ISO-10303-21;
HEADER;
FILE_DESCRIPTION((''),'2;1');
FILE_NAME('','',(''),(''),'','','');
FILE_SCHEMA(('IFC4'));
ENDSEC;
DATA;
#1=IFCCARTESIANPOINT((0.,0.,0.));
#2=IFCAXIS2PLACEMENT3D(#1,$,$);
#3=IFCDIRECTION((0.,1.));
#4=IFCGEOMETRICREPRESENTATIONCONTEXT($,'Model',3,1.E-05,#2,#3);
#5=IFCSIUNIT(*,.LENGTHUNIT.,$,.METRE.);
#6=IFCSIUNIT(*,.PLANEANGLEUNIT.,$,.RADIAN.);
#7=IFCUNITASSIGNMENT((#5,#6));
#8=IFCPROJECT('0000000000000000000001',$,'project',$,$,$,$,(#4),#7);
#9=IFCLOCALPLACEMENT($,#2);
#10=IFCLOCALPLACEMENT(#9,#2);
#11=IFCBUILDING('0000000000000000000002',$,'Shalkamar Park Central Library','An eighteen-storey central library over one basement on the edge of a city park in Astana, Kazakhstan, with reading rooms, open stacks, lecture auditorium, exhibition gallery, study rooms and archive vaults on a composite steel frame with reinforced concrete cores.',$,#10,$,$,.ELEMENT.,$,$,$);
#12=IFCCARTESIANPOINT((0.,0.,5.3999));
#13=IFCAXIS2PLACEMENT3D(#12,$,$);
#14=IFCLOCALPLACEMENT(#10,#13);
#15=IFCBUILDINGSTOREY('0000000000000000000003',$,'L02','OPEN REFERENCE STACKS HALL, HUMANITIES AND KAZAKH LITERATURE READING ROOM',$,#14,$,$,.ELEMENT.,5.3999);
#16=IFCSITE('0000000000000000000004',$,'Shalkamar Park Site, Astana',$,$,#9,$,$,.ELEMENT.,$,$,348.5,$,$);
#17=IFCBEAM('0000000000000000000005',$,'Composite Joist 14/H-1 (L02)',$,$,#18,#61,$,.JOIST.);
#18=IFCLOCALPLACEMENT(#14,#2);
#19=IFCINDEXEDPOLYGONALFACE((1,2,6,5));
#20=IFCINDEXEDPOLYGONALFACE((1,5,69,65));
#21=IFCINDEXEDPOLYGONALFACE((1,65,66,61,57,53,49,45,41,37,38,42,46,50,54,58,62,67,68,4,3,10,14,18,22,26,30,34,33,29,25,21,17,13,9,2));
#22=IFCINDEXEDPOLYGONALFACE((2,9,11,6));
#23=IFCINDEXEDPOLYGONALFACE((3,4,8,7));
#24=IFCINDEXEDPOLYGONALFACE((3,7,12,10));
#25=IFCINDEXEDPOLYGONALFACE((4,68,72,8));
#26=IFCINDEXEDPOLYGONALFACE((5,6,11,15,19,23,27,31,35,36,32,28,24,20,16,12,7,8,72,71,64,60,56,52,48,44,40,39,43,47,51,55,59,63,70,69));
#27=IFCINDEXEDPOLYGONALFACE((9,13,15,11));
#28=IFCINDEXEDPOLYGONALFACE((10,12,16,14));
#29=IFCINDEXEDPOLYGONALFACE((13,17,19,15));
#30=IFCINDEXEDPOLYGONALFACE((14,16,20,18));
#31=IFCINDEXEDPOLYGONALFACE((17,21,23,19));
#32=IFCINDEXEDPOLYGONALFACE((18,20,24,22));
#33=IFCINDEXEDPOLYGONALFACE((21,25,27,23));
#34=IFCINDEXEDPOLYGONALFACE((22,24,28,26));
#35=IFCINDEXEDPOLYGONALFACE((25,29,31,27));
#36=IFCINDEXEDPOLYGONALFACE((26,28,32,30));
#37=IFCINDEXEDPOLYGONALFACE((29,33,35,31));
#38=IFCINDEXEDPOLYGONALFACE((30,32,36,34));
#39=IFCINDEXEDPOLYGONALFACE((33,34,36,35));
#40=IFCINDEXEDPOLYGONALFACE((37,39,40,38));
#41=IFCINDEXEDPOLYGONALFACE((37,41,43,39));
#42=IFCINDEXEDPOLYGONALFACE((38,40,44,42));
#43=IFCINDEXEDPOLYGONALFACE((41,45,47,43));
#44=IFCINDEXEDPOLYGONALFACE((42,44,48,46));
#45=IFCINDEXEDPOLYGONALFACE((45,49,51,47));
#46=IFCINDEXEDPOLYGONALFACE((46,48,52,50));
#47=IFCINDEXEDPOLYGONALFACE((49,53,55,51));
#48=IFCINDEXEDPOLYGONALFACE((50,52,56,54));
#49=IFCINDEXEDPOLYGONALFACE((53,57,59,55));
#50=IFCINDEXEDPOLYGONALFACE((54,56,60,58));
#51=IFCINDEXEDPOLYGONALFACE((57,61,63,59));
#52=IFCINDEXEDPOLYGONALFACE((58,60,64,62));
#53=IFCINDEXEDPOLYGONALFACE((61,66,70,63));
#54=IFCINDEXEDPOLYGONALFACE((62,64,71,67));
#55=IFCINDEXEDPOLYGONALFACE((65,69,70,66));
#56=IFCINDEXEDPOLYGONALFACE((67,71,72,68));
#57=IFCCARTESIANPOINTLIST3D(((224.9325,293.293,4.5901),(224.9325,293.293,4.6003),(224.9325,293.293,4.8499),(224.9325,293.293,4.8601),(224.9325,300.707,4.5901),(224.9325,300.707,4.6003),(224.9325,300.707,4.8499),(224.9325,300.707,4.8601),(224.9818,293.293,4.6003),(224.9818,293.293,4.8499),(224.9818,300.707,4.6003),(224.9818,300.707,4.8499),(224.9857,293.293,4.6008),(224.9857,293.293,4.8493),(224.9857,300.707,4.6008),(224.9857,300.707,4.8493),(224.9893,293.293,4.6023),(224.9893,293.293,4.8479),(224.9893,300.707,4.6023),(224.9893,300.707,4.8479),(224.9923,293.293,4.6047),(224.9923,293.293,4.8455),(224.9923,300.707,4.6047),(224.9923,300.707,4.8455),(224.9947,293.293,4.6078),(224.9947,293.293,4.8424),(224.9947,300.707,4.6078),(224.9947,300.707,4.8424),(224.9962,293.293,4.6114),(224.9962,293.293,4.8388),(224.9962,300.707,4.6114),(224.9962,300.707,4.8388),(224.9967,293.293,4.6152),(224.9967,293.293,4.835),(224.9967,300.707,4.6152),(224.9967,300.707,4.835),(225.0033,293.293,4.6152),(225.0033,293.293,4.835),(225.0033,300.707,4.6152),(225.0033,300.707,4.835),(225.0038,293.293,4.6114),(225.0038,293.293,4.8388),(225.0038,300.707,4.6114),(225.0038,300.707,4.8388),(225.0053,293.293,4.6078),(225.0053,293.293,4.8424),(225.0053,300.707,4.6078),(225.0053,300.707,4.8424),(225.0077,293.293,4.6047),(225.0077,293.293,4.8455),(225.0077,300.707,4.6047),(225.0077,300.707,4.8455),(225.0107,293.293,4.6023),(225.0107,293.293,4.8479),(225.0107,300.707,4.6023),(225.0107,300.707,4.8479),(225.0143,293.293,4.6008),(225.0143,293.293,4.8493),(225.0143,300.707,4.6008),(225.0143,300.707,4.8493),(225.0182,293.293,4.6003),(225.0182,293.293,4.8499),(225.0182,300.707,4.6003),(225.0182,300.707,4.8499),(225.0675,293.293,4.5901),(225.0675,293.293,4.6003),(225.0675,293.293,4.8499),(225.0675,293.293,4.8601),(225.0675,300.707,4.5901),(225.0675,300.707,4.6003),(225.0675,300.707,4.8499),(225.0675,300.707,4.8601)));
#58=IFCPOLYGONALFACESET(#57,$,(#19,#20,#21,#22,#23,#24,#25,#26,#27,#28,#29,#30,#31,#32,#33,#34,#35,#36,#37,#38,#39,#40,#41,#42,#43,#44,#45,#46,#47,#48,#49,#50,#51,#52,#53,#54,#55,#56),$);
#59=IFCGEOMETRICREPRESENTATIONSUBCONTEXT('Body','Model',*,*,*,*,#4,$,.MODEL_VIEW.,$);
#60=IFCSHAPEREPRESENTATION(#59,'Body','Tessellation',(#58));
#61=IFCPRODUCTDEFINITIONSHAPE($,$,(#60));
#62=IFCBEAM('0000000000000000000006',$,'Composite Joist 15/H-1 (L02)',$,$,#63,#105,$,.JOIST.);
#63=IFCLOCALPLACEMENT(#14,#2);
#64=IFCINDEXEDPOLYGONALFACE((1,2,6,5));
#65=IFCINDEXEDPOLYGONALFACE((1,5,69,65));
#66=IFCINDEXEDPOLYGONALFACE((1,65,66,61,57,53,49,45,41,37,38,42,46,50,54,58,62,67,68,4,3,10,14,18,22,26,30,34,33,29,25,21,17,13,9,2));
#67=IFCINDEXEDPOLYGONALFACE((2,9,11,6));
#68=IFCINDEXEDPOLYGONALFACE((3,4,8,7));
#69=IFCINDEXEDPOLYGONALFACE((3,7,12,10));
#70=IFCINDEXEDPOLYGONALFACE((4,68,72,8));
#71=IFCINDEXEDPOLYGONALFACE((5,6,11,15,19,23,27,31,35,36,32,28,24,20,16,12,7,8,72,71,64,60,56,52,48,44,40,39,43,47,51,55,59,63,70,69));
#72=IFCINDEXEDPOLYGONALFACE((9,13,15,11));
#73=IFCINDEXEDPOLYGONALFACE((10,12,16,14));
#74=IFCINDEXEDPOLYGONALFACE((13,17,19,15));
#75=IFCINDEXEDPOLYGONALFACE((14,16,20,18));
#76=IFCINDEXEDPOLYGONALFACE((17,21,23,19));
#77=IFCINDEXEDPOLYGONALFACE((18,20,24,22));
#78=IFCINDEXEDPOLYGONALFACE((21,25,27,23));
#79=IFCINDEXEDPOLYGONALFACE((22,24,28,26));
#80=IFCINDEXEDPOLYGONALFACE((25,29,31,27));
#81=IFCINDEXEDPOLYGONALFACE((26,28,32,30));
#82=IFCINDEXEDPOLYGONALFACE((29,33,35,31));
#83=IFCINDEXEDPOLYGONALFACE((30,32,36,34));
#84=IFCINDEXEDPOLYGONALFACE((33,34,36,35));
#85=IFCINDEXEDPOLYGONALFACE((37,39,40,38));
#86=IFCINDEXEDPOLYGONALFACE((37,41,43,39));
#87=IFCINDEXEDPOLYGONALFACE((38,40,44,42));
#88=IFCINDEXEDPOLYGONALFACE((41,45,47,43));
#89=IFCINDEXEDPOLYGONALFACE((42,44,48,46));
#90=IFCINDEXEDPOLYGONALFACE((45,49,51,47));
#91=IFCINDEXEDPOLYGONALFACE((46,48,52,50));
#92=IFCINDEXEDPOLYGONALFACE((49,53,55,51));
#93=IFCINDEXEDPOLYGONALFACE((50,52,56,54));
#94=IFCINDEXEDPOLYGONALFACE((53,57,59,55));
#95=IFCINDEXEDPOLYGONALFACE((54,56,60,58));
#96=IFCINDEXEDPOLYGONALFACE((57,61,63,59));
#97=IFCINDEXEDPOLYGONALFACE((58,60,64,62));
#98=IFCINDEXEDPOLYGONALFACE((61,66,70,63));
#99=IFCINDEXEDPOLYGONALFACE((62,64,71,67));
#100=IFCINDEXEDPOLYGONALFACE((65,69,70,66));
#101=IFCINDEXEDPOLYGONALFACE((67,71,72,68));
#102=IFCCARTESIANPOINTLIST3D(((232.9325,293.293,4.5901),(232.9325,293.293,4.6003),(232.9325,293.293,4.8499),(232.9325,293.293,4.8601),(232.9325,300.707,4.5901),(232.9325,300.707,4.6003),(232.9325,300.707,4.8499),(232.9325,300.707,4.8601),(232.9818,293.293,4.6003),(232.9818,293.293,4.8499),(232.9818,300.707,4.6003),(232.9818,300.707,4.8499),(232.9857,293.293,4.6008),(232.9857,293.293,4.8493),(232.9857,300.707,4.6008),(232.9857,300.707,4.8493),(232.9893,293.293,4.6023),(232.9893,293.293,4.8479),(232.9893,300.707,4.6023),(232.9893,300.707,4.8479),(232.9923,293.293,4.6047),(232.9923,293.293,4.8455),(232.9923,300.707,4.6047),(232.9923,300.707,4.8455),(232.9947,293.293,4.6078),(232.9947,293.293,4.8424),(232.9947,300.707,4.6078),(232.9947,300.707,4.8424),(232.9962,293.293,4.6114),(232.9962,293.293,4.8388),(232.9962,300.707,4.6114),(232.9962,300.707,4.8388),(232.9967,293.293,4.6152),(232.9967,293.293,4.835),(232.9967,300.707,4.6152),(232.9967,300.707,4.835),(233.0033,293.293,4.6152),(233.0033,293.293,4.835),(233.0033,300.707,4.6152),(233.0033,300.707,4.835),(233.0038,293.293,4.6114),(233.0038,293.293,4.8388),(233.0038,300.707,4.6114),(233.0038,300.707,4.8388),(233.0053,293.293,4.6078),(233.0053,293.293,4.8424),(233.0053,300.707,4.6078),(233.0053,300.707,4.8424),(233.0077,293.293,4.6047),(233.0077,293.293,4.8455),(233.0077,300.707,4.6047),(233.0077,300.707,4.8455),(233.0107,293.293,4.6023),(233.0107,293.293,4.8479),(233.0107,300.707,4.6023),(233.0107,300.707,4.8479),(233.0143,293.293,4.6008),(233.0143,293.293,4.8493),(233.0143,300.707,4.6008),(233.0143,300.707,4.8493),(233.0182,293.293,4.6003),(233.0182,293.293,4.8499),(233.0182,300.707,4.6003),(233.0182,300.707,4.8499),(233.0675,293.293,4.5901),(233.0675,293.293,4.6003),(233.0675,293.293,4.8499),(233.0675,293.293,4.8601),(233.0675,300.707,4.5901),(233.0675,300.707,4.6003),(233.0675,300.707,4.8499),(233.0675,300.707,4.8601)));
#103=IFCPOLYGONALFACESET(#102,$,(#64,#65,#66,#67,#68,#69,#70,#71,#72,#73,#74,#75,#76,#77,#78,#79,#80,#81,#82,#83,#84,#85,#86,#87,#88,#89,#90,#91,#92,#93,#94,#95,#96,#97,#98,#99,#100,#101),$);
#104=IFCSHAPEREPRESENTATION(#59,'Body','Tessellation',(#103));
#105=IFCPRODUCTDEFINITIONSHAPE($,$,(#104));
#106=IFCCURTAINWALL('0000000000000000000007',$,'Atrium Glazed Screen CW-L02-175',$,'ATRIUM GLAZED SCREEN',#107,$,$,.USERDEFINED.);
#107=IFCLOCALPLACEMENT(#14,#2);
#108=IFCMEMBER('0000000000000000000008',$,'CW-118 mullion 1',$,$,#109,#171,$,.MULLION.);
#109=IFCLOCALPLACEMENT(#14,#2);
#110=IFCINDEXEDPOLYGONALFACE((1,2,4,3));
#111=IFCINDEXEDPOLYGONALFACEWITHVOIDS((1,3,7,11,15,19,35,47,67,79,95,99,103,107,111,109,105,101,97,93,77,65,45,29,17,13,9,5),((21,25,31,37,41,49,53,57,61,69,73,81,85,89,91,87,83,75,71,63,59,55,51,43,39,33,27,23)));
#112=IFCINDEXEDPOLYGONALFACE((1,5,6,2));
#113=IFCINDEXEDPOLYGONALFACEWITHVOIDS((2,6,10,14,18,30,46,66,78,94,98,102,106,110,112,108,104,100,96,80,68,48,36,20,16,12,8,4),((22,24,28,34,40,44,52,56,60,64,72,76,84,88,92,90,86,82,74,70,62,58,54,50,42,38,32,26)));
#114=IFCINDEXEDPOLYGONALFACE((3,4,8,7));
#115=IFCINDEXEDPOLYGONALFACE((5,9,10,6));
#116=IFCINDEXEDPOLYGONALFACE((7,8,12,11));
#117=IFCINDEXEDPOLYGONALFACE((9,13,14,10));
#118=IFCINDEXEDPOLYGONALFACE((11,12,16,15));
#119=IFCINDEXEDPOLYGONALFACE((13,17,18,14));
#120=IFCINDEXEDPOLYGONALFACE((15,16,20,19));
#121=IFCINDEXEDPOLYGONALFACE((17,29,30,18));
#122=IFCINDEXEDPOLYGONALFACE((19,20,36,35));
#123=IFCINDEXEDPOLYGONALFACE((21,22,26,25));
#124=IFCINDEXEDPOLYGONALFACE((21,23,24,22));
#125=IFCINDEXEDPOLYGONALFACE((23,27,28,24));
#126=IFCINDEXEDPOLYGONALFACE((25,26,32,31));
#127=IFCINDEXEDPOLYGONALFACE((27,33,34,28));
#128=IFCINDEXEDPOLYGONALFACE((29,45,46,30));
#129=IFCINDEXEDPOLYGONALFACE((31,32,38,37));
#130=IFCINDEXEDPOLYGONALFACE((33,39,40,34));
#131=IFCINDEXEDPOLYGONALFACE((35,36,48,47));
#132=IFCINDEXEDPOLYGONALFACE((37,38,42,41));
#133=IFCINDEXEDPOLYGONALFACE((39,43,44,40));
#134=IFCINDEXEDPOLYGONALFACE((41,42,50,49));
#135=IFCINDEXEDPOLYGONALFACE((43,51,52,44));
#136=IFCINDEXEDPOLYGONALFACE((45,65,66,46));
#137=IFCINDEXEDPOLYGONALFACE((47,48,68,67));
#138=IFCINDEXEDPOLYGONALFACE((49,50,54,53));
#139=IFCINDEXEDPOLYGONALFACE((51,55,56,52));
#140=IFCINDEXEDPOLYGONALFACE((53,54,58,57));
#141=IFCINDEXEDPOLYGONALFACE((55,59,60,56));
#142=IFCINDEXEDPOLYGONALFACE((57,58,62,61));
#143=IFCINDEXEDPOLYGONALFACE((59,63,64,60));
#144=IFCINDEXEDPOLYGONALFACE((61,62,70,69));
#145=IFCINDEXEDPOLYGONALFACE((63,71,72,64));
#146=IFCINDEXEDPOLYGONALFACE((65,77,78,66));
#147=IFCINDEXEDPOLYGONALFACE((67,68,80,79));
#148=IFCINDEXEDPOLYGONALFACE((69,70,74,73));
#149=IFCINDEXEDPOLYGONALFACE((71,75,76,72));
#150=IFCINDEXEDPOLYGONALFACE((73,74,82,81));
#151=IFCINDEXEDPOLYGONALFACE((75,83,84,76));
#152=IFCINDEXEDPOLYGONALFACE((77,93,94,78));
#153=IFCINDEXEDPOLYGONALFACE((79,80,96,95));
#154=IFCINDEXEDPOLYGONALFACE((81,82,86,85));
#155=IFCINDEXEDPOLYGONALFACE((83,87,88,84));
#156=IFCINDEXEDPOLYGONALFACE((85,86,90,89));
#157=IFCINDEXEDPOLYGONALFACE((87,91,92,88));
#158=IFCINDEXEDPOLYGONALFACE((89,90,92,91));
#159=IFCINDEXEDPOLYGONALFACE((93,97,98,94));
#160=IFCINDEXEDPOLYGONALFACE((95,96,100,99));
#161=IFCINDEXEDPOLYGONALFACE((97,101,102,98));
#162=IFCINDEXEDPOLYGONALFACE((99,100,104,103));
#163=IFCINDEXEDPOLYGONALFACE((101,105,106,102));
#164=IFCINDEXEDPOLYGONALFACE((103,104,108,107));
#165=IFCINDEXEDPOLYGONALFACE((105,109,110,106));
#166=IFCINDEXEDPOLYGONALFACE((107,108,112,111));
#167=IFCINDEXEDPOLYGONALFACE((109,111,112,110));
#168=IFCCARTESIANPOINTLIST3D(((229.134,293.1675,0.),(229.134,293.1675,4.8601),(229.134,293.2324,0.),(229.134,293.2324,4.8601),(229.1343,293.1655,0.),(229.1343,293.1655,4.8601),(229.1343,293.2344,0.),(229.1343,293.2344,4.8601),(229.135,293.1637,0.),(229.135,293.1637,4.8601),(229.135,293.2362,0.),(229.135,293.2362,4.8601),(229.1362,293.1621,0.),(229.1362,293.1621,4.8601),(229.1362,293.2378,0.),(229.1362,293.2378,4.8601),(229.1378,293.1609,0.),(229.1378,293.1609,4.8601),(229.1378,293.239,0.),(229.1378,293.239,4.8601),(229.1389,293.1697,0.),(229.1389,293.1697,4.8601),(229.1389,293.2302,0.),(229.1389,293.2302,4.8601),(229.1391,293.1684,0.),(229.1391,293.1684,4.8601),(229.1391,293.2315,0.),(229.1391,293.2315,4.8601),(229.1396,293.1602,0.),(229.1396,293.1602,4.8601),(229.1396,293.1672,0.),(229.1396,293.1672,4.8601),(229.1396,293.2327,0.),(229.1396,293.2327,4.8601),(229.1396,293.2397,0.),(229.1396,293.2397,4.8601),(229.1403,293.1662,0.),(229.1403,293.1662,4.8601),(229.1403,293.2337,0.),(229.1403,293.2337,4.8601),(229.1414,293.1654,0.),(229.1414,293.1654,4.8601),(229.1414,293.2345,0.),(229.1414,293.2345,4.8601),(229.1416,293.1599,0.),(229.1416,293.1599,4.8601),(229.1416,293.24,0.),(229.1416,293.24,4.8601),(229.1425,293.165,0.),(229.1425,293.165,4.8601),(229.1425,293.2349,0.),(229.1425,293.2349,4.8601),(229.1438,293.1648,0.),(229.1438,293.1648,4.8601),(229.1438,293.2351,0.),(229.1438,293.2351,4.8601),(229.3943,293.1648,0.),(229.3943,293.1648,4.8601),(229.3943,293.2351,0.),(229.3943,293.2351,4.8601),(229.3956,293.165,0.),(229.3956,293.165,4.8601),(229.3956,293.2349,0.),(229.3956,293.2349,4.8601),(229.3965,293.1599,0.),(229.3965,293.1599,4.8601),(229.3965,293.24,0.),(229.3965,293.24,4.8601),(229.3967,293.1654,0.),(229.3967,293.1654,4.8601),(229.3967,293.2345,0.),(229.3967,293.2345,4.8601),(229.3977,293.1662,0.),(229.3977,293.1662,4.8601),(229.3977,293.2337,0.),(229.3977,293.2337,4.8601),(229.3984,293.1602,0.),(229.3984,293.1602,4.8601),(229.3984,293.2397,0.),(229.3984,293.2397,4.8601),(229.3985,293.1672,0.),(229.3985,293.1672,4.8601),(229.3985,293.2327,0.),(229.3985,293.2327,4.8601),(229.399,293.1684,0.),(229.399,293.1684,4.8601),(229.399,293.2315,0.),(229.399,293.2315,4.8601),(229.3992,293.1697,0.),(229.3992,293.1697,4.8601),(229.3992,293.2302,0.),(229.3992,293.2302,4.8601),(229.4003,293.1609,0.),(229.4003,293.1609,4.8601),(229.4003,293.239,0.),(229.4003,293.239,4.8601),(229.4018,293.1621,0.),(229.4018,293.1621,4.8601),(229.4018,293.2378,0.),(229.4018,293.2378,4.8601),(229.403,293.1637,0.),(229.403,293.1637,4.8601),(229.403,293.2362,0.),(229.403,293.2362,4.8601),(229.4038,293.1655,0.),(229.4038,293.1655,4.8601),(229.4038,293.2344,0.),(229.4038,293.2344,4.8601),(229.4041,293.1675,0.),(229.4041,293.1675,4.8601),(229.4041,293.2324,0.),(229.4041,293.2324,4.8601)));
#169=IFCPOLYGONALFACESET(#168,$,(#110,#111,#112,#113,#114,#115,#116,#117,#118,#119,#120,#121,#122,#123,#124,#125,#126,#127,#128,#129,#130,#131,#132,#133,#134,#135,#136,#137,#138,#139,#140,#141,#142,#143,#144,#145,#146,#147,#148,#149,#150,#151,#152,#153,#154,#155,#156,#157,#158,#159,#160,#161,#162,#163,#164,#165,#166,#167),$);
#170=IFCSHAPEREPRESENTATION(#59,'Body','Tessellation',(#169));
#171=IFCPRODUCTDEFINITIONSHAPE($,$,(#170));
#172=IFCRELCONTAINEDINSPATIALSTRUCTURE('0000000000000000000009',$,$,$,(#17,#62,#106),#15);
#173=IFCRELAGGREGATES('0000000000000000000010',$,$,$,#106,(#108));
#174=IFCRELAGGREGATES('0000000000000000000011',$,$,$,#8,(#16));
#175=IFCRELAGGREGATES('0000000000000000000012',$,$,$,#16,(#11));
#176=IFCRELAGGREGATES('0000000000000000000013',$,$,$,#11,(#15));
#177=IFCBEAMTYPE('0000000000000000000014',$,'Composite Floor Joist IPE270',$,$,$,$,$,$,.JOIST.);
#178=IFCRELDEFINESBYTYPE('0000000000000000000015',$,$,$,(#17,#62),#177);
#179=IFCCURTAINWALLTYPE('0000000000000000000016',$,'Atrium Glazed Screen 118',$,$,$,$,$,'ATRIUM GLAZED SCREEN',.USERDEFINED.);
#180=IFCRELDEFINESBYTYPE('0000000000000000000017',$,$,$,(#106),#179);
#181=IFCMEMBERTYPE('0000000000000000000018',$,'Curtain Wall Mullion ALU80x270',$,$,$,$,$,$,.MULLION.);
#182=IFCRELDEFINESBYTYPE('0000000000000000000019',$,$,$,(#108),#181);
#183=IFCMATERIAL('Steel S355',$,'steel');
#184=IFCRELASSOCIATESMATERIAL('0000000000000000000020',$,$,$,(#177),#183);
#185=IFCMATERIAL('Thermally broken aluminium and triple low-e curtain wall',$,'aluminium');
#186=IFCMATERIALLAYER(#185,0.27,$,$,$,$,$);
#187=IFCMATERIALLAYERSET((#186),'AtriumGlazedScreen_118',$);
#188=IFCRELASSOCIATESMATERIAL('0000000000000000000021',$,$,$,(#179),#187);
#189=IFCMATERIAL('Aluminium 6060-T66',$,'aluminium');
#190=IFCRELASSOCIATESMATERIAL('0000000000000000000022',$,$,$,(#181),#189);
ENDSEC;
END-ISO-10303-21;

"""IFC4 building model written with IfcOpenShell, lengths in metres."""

from ifc_helpers import new_model, si_unit, direction, frame, origin, origin_2d, place, context, subcontext, project, spatial, hollow_rectangle, i_section, extrude, material, layer, layer_set, material_profile, profile_set, type_object, element, aggregate, save


model = new_model("IFC4")

# Units and contexts
model_context = context("Model", 3, precision=1e-05, world=origin(), true_north=direction((0.0, 1.0)))
body_context = subcontext(model_context, "Body", "Model", "MODEL_VIEW")
ifc_project = project(units=[si_unit("LENGTHUNIT", "METRE"), si_unit("PLANEANGLEUNIT", "RADIAN")], contexts=[model_context])

# Site, building, storey
site_placement = place(None, origin())
site = spatial("IfcSite", under=ifc_project, at=site_placement, Name="Shalkamar Park Site, Astana", CompositionType="ELEMENT", RefElevation=348.5)
building_placement = place(site_placement, origin())
building = spatial("IfcBuilding", under=site, at=building_placement, Name="Shalkamar Park Central Library", Description="An eighteen-storey central library over one basement on the edge of a city park in Astana, Kazakhstan, with reading rooms, open stacks, lecture auditorium, exhibition gallery, study rooms and archive vaults on a composite steel frame with reinforced concrete cores.", CompositionType="ELEMENT")
storey_placement = place(building_placement, frame((0.0, 0.0, 5.3999)))
storey = spatial("IfcBuildingStorey", under=building, at=storey_placement, Name="L02", Description="OPEN REFERENCE STACKS HALL, HUMANITIES AND KAZAKH LITERATURE READING ROOM", CompositionType="ELEMENT", Elevation=5.3999)

# Shared definitions
ifc_material_1 = material(Name="Steel S355", Category="steel")

# Beams
ifc_material_profile_1 = material_profile(ifc_material_1, i_section(OverallWidth=0.135, OverallDepth=0.27, WebThickness=0.0066, FlangeThickness=0.0103, FilletRadius=0.0149, at=origin_2d()), Name="IPE 270")
ifc_profile_set_1 = profile_set([ifc_material_profile_1], Name="Steel S355")
beam_type_1 = type_object("IfcBeamType", Name="Composite Floor Joist IPE270", PredefinedType="JOIST", material=ifc_profile_set_1)
for number, where, z_axis, x_axis, name in (
    (1, (225.0, 293.293, 4.7251), (0.0, 1.0, 0.0), (-1.0, 0.0, 0.0), "Composite Joist 14/H-1 (L02)"),
    (2, (233.0, 293.293, 4.7251), (0.0, 1.0, 0.0), (-1.0, 0.0, 0.0), "Composite Joist 15/H-1 (L02)"),
):
    element("IfcBeam", number, at=place(storey_placement, frame(where, z_axis=z_axis, x_axis=x_axis)), inside=storey, type_object=beam_type_1, Name=name, PredefinedType="JOIST", context=body_context, shape_type="SweptSolid", body=[
        extrude(i_section(OverallWidth=0.135, OverallDepth=0.27, WebThickness=0.0066, FlangeThickness=0.0103, FilletRadius=0.0149, at=origin_2d()), origin(), (0.0, 0.0, 1.0), 7.4141),
    ])

# Curtain wall, member
ifc_material_2 = material(Name="Thermally broken aluminium and triple low-e curtain wall", Category="aluminium")
ifc_layer_1 = layer(ifc_material_2, 0.27)
ifc_layer_set_1 = layer_set([ifc_layer_1], Name="AtriumGlazedScreen_118")
curtain_wall_type = type_object("IfcCurtainWallType", Name="Atrium Glazed Screen 118", ElementType="ATRIUM GLAZED SCREEN", PredefinedType="USERDEFINED", material=ifc_layer_set_1)
curtain_wall_placement = place(storey_placement, origin())
curtain_wall = element("IfcCurtainWall", 3, at=curtain_wall_placement, inside=storey, type_object=curtain_wall_type, Name="Atrium Glazed Screen CW-L02-175", ObjectType="ATRIUM GLAZED SCREEN", PredefinedType="USERDEFINED")
ifc_material_3 = material(Name="Aluminium 6060-T66", Category="aluminium")
ifc_material_profile_2 = material_profile(ifc_material_3, hollow_rectangle(XDim=0.0801, YDim=0.27, WallThickness=0.0049, InnerFilletRadius=0.0049, OuterFilletRadius=0.0076, at=origin_2d()), Name="ALU 80x270x5")
ifc_profile_set_2 = profile_set([ifc_material_profile_2], Name="Aluminium 6060-T66")
member_type_1 = type_object("IfcMemberType", Name="Curtain Wall Mullion ALU80x270", PredefinedType="MULLION", material=ifc_profile_set_2)
member_1_placement = place(storey_placement, frame((229.269, 293.2, 0.0), z_axis=(0.0, 0.0, 1.0), x_axis=(0.0, 1.0, 0.0)))
member_1 = element("IfcMember", 4, at=member_1_placement, type_object=member_type_1, Name="CW-118 mullion 1", PredefinedType="MULLION", context=body_context, shape_type="SweptSolid", body=[
    extrude(hollow_rectangle(XDim=0.0801, YDim=0.27, WallThickness=0.0049, InnerFilletRadius=0.0049, OuterFilletRadius=0.0076, at=origin_2d()), origin(), (0.0, 0.0, 1.0), 4.8601),
])

aggregate(curtain_wall, [member_1])

save(model, "model.ifc")
